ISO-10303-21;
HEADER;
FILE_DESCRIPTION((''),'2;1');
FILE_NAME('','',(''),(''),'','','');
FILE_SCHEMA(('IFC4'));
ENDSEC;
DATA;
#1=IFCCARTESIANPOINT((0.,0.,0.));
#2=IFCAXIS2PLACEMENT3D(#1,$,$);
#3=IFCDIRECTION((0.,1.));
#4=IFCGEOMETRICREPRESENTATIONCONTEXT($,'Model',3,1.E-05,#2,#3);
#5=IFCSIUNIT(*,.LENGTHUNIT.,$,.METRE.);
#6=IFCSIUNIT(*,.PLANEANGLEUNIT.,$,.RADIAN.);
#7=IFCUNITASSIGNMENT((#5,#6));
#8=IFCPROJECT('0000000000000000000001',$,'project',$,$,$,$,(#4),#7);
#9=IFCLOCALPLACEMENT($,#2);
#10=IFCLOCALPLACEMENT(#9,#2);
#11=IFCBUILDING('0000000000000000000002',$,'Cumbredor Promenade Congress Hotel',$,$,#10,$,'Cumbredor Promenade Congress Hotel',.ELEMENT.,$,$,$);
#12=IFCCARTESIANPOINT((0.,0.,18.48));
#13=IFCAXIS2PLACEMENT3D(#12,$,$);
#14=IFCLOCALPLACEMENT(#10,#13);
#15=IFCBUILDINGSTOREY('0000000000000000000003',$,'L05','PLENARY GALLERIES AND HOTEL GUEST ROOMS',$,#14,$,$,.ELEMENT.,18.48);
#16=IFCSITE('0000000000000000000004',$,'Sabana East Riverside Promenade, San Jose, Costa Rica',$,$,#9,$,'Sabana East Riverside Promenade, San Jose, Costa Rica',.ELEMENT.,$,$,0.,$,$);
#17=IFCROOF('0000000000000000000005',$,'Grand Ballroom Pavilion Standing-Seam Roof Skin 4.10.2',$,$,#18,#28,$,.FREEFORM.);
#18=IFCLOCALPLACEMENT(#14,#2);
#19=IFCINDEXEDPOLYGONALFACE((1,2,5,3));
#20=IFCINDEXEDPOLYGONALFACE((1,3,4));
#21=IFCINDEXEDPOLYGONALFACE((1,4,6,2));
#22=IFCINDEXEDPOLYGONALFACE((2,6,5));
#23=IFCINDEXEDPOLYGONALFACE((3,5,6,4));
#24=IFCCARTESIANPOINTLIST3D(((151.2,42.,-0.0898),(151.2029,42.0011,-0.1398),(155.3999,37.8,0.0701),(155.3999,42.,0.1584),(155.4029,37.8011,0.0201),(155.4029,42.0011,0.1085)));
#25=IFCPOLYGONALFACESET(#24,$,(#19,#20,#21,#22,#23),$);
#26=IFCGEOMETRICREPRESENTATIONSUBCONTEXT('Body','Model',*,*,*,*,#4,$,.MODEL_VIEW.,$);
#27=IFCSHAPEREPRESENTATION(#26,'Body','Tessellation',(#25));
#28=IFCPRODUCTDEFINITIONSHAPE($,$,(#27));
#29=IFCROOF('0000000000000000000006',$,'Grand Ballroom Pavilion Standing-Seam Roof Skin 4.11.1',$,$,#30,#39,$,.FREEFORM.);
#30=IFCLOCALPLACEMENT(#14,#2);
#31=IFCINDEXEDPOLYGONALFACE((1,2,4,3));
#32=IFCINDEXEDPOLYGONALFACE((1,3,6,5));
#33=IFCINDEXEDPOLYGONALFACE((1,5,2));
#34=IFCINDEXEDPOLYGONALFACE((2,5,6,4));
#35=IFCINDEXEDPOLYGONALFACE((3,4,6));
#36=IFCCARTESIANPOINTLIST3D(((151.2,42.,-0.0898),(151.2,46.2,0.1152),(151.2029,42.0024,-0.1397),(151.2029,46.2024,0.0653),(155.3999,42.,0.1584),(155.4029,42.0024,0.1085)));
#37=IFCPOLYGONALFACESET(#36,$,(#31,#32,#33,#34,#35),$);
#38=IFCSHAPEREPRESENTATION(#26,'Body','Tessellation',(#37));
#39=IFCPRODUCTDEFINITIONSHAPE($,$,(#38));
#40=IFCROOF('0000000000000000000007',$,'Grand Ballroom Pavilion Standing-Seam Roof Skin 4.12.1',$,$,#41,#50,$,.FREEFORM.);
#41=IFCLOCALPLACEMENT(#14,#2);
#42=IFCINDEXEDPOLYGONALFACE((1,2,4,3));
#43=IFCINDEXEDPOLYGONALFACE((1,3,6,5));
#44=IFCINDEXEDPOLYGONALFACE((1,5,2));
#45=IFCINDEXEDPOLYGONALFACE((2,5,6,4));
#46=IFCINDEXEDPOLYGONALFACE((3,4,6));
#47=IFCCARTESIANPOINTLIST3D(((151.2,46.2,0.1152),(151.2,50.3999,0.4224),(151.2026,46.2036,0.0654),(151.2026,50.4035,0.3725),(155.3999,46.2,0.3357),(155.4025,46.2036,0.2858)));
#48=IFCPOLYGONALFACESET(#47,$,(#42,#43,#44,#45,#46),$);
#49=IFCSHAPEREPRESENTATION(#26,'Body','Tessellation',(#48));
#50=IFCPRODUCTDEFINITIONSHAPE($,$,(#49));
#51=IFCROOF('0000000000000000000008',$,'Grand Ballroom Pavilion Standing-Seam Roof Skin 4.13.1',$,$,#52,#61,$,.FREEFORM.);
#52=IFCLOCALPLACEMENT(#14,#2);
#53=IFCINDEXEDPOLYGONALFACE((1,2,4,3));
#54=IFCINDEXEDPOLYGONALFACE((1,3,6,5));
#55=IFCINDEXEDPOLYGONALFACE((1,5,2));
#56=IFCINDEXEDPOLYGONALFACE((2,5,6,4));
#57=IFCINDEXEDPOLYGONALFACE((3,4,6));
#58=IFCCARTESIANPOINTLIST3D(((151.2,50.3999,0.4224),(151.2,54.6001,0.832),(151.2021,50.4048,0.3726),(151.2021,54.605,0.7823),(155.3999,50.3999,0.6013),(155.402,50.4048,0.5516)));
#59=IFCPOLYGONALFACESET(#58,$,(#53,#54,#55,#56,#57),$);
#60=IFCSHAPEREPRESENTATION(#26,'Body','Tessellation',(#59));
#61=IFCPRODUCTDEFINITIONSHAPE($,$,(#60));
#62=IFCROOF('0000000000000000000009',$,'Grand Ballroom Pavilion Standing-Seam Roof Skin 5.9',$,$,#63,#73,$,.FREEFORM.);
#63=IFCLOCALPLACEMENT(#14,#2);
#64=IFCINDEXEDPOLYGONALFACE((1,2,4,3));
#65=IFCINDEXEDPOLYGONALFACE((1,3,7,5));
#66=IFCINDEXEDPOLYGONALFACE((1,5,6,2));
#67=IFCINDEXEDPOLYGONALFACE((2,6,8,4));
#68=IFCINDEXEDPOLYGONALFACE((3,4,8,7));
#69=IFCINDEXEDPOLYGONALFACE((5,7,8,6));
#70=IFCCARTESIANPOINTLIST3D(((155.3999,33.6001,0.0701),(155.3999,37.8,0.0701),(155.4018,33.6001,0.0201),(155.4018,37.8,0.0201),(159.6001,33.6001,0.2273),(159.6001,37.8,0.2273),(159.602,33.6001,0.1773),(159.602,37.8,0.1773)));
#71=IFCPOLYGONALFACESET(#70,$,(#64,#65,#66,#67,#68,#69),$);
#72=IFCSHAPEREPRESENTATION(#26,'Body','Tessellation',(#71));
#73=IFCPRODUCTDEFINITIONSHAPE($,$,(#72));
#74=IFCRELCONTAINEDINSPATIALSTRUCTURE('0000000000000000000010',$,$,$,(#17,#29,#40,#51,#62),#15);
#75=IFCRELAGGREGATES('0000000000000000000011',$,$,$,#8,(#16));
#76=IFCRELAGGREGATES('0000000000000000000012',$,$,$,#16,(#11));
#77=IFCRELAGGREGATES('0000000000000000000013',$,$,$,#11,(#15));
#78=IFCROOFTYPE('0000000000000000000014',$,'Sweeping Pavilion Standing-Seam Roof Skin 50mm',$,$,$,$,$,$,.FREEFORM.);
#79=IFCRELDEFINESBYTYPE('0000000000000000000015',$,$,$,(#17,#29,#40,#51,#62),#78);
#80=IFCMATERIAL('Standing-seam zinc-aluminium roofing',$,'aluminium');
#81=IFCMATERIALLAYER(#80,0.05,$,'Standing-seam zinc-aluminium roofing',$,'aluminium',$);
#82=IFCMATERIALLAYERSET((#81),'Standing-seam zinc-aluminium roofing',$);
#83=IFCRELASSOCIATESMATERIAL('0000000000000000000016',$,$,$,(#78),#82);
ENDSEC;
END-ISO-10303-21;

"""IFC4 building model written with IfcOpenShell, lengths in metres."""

from ifc_helpers import new_model, si_unit, direction, frame, origin, place, context, subcontext, project, spatial, polyline, outline, extrude, material, layer, layer_set, type_object, element, save


model = new_model("IFC4")

# Units and contexts
model_context = context("Model", 3, precision=1e-05, world=origin(), true_north=direction((0.0, 1.0)))
body_context = subcontext(model_context, "Body", "Model", "MODEL_VIEW")
ifc_project = project(units=[si_unit("LENGTHUNIT", "METRE"), si_unit("PLANEANGLEUNIT", "RADIAN")], contexts=[model_context])

# Site, building, storey
site_placement = place(None, origin())
site = spatial("IfcSite", under=ifc_project, at=site_placement, Name="Sabana East Riverside Promenade, San Jose, Costa Rica", LongName="Sabana East Riverside Promenade, San Jose, Costa Rica", CompositionType="ELEMENT", RefElevation=0.0)
building_placement = place(site_placement, origin())
building = spatial("IfcBuilding", under=site, at=building_placement, Name="Cumbredor Promenade Congress Hotel", LongName="Cumbredor Promenade Congress Hotel", CompositionType="ELEMENT")
storey_placement = place(building_placement, frame((0.0, 0.0, 18.48)))
storey = spatial("IfcBuildingStorey", under=building, at=storey_placement, Name="L05", Description="PLENARY GALLERIES AND HOTEL GUEST ROOMS", CompositionType="ELEMENT", Elevation=18.48)

# Roofs
ifc_material_1 = material(Name="Standing-seam zinc-aluminium roofing", Category="aluminium")
ifc_layer_1 = layer(ifc_material_1, 0.05, Name="Standing-seam zinc-aluminium roofing", Category="aluminium")
ifc_layer_set_1 = layer_set([ifc_layer_1], Name="Standing-seam zinc-aluminium roofing")
roof_type = type_object("IfcRoofType", Name="Sweeping Pavilion Standing-Seam Roof Skin 50mm", PredefinedType="FREEFORM", material=ifc_layer_set_1)
roof_1_placement = place(storey_placement, frame((155.3999, 37.8, 0.0701), z_axis=(-0.059002, -0.021002, 0.998037), x_axis=(0.0, 0.999779, 0.021038)))
element("IfcRoof", 1, at=roof_1_placement, inside=storey, type_object=roof_type, Name="Grand Ballroom Pavilion Standing-Seam Roof Skin 4.10.2", PredefinedType="FREEFORM", context=body_context, shape_type="SweptSolid", body=[
    extrude(outline(polyline([(0.0, 0.0), (4.2009, 0.0), (4.1957, 4.2073), (0.0, 0.0)])), origin(), (0.0, 0.0, -1.0), 0.05),
])
roof_2_placement = place(storey_placement, frame((151.2, 42.0, -0.0898), z_axis=(-0.058945, -0.048686, 0.997073), x_axis=(0.998257, 0.0, 0.059015)))
element("IfcRoof", 2, at=roof_2_placement, inside=storey, type_object=roof_type, Name="Grand Ballroom Pavilion Standing-Seam Roof Skin 4.11.1", PredefinedType="FREEFORM", context=body_context, shape_type="SweptSolid", body=[
    extrude(outline(polyline([(0.0, 0.0), (4.2073, 0.0), (0.0121, 4.2049), (0.0, 0.0)])), origin(), (0.0, 0.0, -1.0), 0.05),
])
roof_3_placement = place(storey_placement, frame((151.2, 46.2, 0.1152), z_axis=(-0.052279, -0.072832, 0.995973), x_axis=(0.998625, 0.0, 0.052419)))
element("IfcRoof", 3, at=roof_3_placement, inside=storey, type_object=roof_type, Name="Grand Ballroom Pavilion Standing-Seam Roof Skin 4.12.1", PredefinedType="FREEFORM", context=body_context, shape_type="SweptSolid", body=[
    extrude(outline(polyline([(0.0, 0.0), (4.2057, 0.0), (0.0161, 4.2111), (0.0, 0.0)])), origin(), (0.0, 0.0, -1.0), 0.05),
])
roof_4_placement = place(storey_placement, frame((151.2, 50.3999, 0.4224), z_axis=(-0.04237, -0.096988, 0.994383), x_axis=(0.999093, 0.0, 0.04257)))
element("IfcRoof", 4, at=roof_4_placement, inside=storey, type_object=roof_type, Name="Grand Ballroom Pavilion Standing-Seam Roof Skin 4.13.1", PredefinedType="FREEFORM", context=body_context, shape_type="SweptSolid", body=[
    extrude(outline(polyline([(0.0, 0.0), (4.2038, 0.0), (0.0174, 4.2201), (0.0, 0.0)])), origin(), (0.0, 0.0, -1.0), 0.05),
])
roof_5_placement = place(storey_placement, frame((155.3999, 33.6001, 0.0701), z_axis=(-0.037407, 0.0, 0.9993), x_axis=(0.9993, 0.0, 0.037407)))
element("IfcRoof", 5, at=roof_5_placement, inside=storey, type_object=roof_type, Name="Grand Ballroom Pavilion Standing-Seam Roof Skin 5.9", PredefinedType="FREEFORM", context=body_context, shape_type="SweptSolid", body=[
    extrude(outline(polyline([(0.0, 0.0), (4.2031, 0.0), (4.2031, 4.2), (0.0, 4.2), (0.0, 0.0)])), origin(), (0.0, 0.0, -1.0), 0.05),
])

save(model, "model.ifc")
